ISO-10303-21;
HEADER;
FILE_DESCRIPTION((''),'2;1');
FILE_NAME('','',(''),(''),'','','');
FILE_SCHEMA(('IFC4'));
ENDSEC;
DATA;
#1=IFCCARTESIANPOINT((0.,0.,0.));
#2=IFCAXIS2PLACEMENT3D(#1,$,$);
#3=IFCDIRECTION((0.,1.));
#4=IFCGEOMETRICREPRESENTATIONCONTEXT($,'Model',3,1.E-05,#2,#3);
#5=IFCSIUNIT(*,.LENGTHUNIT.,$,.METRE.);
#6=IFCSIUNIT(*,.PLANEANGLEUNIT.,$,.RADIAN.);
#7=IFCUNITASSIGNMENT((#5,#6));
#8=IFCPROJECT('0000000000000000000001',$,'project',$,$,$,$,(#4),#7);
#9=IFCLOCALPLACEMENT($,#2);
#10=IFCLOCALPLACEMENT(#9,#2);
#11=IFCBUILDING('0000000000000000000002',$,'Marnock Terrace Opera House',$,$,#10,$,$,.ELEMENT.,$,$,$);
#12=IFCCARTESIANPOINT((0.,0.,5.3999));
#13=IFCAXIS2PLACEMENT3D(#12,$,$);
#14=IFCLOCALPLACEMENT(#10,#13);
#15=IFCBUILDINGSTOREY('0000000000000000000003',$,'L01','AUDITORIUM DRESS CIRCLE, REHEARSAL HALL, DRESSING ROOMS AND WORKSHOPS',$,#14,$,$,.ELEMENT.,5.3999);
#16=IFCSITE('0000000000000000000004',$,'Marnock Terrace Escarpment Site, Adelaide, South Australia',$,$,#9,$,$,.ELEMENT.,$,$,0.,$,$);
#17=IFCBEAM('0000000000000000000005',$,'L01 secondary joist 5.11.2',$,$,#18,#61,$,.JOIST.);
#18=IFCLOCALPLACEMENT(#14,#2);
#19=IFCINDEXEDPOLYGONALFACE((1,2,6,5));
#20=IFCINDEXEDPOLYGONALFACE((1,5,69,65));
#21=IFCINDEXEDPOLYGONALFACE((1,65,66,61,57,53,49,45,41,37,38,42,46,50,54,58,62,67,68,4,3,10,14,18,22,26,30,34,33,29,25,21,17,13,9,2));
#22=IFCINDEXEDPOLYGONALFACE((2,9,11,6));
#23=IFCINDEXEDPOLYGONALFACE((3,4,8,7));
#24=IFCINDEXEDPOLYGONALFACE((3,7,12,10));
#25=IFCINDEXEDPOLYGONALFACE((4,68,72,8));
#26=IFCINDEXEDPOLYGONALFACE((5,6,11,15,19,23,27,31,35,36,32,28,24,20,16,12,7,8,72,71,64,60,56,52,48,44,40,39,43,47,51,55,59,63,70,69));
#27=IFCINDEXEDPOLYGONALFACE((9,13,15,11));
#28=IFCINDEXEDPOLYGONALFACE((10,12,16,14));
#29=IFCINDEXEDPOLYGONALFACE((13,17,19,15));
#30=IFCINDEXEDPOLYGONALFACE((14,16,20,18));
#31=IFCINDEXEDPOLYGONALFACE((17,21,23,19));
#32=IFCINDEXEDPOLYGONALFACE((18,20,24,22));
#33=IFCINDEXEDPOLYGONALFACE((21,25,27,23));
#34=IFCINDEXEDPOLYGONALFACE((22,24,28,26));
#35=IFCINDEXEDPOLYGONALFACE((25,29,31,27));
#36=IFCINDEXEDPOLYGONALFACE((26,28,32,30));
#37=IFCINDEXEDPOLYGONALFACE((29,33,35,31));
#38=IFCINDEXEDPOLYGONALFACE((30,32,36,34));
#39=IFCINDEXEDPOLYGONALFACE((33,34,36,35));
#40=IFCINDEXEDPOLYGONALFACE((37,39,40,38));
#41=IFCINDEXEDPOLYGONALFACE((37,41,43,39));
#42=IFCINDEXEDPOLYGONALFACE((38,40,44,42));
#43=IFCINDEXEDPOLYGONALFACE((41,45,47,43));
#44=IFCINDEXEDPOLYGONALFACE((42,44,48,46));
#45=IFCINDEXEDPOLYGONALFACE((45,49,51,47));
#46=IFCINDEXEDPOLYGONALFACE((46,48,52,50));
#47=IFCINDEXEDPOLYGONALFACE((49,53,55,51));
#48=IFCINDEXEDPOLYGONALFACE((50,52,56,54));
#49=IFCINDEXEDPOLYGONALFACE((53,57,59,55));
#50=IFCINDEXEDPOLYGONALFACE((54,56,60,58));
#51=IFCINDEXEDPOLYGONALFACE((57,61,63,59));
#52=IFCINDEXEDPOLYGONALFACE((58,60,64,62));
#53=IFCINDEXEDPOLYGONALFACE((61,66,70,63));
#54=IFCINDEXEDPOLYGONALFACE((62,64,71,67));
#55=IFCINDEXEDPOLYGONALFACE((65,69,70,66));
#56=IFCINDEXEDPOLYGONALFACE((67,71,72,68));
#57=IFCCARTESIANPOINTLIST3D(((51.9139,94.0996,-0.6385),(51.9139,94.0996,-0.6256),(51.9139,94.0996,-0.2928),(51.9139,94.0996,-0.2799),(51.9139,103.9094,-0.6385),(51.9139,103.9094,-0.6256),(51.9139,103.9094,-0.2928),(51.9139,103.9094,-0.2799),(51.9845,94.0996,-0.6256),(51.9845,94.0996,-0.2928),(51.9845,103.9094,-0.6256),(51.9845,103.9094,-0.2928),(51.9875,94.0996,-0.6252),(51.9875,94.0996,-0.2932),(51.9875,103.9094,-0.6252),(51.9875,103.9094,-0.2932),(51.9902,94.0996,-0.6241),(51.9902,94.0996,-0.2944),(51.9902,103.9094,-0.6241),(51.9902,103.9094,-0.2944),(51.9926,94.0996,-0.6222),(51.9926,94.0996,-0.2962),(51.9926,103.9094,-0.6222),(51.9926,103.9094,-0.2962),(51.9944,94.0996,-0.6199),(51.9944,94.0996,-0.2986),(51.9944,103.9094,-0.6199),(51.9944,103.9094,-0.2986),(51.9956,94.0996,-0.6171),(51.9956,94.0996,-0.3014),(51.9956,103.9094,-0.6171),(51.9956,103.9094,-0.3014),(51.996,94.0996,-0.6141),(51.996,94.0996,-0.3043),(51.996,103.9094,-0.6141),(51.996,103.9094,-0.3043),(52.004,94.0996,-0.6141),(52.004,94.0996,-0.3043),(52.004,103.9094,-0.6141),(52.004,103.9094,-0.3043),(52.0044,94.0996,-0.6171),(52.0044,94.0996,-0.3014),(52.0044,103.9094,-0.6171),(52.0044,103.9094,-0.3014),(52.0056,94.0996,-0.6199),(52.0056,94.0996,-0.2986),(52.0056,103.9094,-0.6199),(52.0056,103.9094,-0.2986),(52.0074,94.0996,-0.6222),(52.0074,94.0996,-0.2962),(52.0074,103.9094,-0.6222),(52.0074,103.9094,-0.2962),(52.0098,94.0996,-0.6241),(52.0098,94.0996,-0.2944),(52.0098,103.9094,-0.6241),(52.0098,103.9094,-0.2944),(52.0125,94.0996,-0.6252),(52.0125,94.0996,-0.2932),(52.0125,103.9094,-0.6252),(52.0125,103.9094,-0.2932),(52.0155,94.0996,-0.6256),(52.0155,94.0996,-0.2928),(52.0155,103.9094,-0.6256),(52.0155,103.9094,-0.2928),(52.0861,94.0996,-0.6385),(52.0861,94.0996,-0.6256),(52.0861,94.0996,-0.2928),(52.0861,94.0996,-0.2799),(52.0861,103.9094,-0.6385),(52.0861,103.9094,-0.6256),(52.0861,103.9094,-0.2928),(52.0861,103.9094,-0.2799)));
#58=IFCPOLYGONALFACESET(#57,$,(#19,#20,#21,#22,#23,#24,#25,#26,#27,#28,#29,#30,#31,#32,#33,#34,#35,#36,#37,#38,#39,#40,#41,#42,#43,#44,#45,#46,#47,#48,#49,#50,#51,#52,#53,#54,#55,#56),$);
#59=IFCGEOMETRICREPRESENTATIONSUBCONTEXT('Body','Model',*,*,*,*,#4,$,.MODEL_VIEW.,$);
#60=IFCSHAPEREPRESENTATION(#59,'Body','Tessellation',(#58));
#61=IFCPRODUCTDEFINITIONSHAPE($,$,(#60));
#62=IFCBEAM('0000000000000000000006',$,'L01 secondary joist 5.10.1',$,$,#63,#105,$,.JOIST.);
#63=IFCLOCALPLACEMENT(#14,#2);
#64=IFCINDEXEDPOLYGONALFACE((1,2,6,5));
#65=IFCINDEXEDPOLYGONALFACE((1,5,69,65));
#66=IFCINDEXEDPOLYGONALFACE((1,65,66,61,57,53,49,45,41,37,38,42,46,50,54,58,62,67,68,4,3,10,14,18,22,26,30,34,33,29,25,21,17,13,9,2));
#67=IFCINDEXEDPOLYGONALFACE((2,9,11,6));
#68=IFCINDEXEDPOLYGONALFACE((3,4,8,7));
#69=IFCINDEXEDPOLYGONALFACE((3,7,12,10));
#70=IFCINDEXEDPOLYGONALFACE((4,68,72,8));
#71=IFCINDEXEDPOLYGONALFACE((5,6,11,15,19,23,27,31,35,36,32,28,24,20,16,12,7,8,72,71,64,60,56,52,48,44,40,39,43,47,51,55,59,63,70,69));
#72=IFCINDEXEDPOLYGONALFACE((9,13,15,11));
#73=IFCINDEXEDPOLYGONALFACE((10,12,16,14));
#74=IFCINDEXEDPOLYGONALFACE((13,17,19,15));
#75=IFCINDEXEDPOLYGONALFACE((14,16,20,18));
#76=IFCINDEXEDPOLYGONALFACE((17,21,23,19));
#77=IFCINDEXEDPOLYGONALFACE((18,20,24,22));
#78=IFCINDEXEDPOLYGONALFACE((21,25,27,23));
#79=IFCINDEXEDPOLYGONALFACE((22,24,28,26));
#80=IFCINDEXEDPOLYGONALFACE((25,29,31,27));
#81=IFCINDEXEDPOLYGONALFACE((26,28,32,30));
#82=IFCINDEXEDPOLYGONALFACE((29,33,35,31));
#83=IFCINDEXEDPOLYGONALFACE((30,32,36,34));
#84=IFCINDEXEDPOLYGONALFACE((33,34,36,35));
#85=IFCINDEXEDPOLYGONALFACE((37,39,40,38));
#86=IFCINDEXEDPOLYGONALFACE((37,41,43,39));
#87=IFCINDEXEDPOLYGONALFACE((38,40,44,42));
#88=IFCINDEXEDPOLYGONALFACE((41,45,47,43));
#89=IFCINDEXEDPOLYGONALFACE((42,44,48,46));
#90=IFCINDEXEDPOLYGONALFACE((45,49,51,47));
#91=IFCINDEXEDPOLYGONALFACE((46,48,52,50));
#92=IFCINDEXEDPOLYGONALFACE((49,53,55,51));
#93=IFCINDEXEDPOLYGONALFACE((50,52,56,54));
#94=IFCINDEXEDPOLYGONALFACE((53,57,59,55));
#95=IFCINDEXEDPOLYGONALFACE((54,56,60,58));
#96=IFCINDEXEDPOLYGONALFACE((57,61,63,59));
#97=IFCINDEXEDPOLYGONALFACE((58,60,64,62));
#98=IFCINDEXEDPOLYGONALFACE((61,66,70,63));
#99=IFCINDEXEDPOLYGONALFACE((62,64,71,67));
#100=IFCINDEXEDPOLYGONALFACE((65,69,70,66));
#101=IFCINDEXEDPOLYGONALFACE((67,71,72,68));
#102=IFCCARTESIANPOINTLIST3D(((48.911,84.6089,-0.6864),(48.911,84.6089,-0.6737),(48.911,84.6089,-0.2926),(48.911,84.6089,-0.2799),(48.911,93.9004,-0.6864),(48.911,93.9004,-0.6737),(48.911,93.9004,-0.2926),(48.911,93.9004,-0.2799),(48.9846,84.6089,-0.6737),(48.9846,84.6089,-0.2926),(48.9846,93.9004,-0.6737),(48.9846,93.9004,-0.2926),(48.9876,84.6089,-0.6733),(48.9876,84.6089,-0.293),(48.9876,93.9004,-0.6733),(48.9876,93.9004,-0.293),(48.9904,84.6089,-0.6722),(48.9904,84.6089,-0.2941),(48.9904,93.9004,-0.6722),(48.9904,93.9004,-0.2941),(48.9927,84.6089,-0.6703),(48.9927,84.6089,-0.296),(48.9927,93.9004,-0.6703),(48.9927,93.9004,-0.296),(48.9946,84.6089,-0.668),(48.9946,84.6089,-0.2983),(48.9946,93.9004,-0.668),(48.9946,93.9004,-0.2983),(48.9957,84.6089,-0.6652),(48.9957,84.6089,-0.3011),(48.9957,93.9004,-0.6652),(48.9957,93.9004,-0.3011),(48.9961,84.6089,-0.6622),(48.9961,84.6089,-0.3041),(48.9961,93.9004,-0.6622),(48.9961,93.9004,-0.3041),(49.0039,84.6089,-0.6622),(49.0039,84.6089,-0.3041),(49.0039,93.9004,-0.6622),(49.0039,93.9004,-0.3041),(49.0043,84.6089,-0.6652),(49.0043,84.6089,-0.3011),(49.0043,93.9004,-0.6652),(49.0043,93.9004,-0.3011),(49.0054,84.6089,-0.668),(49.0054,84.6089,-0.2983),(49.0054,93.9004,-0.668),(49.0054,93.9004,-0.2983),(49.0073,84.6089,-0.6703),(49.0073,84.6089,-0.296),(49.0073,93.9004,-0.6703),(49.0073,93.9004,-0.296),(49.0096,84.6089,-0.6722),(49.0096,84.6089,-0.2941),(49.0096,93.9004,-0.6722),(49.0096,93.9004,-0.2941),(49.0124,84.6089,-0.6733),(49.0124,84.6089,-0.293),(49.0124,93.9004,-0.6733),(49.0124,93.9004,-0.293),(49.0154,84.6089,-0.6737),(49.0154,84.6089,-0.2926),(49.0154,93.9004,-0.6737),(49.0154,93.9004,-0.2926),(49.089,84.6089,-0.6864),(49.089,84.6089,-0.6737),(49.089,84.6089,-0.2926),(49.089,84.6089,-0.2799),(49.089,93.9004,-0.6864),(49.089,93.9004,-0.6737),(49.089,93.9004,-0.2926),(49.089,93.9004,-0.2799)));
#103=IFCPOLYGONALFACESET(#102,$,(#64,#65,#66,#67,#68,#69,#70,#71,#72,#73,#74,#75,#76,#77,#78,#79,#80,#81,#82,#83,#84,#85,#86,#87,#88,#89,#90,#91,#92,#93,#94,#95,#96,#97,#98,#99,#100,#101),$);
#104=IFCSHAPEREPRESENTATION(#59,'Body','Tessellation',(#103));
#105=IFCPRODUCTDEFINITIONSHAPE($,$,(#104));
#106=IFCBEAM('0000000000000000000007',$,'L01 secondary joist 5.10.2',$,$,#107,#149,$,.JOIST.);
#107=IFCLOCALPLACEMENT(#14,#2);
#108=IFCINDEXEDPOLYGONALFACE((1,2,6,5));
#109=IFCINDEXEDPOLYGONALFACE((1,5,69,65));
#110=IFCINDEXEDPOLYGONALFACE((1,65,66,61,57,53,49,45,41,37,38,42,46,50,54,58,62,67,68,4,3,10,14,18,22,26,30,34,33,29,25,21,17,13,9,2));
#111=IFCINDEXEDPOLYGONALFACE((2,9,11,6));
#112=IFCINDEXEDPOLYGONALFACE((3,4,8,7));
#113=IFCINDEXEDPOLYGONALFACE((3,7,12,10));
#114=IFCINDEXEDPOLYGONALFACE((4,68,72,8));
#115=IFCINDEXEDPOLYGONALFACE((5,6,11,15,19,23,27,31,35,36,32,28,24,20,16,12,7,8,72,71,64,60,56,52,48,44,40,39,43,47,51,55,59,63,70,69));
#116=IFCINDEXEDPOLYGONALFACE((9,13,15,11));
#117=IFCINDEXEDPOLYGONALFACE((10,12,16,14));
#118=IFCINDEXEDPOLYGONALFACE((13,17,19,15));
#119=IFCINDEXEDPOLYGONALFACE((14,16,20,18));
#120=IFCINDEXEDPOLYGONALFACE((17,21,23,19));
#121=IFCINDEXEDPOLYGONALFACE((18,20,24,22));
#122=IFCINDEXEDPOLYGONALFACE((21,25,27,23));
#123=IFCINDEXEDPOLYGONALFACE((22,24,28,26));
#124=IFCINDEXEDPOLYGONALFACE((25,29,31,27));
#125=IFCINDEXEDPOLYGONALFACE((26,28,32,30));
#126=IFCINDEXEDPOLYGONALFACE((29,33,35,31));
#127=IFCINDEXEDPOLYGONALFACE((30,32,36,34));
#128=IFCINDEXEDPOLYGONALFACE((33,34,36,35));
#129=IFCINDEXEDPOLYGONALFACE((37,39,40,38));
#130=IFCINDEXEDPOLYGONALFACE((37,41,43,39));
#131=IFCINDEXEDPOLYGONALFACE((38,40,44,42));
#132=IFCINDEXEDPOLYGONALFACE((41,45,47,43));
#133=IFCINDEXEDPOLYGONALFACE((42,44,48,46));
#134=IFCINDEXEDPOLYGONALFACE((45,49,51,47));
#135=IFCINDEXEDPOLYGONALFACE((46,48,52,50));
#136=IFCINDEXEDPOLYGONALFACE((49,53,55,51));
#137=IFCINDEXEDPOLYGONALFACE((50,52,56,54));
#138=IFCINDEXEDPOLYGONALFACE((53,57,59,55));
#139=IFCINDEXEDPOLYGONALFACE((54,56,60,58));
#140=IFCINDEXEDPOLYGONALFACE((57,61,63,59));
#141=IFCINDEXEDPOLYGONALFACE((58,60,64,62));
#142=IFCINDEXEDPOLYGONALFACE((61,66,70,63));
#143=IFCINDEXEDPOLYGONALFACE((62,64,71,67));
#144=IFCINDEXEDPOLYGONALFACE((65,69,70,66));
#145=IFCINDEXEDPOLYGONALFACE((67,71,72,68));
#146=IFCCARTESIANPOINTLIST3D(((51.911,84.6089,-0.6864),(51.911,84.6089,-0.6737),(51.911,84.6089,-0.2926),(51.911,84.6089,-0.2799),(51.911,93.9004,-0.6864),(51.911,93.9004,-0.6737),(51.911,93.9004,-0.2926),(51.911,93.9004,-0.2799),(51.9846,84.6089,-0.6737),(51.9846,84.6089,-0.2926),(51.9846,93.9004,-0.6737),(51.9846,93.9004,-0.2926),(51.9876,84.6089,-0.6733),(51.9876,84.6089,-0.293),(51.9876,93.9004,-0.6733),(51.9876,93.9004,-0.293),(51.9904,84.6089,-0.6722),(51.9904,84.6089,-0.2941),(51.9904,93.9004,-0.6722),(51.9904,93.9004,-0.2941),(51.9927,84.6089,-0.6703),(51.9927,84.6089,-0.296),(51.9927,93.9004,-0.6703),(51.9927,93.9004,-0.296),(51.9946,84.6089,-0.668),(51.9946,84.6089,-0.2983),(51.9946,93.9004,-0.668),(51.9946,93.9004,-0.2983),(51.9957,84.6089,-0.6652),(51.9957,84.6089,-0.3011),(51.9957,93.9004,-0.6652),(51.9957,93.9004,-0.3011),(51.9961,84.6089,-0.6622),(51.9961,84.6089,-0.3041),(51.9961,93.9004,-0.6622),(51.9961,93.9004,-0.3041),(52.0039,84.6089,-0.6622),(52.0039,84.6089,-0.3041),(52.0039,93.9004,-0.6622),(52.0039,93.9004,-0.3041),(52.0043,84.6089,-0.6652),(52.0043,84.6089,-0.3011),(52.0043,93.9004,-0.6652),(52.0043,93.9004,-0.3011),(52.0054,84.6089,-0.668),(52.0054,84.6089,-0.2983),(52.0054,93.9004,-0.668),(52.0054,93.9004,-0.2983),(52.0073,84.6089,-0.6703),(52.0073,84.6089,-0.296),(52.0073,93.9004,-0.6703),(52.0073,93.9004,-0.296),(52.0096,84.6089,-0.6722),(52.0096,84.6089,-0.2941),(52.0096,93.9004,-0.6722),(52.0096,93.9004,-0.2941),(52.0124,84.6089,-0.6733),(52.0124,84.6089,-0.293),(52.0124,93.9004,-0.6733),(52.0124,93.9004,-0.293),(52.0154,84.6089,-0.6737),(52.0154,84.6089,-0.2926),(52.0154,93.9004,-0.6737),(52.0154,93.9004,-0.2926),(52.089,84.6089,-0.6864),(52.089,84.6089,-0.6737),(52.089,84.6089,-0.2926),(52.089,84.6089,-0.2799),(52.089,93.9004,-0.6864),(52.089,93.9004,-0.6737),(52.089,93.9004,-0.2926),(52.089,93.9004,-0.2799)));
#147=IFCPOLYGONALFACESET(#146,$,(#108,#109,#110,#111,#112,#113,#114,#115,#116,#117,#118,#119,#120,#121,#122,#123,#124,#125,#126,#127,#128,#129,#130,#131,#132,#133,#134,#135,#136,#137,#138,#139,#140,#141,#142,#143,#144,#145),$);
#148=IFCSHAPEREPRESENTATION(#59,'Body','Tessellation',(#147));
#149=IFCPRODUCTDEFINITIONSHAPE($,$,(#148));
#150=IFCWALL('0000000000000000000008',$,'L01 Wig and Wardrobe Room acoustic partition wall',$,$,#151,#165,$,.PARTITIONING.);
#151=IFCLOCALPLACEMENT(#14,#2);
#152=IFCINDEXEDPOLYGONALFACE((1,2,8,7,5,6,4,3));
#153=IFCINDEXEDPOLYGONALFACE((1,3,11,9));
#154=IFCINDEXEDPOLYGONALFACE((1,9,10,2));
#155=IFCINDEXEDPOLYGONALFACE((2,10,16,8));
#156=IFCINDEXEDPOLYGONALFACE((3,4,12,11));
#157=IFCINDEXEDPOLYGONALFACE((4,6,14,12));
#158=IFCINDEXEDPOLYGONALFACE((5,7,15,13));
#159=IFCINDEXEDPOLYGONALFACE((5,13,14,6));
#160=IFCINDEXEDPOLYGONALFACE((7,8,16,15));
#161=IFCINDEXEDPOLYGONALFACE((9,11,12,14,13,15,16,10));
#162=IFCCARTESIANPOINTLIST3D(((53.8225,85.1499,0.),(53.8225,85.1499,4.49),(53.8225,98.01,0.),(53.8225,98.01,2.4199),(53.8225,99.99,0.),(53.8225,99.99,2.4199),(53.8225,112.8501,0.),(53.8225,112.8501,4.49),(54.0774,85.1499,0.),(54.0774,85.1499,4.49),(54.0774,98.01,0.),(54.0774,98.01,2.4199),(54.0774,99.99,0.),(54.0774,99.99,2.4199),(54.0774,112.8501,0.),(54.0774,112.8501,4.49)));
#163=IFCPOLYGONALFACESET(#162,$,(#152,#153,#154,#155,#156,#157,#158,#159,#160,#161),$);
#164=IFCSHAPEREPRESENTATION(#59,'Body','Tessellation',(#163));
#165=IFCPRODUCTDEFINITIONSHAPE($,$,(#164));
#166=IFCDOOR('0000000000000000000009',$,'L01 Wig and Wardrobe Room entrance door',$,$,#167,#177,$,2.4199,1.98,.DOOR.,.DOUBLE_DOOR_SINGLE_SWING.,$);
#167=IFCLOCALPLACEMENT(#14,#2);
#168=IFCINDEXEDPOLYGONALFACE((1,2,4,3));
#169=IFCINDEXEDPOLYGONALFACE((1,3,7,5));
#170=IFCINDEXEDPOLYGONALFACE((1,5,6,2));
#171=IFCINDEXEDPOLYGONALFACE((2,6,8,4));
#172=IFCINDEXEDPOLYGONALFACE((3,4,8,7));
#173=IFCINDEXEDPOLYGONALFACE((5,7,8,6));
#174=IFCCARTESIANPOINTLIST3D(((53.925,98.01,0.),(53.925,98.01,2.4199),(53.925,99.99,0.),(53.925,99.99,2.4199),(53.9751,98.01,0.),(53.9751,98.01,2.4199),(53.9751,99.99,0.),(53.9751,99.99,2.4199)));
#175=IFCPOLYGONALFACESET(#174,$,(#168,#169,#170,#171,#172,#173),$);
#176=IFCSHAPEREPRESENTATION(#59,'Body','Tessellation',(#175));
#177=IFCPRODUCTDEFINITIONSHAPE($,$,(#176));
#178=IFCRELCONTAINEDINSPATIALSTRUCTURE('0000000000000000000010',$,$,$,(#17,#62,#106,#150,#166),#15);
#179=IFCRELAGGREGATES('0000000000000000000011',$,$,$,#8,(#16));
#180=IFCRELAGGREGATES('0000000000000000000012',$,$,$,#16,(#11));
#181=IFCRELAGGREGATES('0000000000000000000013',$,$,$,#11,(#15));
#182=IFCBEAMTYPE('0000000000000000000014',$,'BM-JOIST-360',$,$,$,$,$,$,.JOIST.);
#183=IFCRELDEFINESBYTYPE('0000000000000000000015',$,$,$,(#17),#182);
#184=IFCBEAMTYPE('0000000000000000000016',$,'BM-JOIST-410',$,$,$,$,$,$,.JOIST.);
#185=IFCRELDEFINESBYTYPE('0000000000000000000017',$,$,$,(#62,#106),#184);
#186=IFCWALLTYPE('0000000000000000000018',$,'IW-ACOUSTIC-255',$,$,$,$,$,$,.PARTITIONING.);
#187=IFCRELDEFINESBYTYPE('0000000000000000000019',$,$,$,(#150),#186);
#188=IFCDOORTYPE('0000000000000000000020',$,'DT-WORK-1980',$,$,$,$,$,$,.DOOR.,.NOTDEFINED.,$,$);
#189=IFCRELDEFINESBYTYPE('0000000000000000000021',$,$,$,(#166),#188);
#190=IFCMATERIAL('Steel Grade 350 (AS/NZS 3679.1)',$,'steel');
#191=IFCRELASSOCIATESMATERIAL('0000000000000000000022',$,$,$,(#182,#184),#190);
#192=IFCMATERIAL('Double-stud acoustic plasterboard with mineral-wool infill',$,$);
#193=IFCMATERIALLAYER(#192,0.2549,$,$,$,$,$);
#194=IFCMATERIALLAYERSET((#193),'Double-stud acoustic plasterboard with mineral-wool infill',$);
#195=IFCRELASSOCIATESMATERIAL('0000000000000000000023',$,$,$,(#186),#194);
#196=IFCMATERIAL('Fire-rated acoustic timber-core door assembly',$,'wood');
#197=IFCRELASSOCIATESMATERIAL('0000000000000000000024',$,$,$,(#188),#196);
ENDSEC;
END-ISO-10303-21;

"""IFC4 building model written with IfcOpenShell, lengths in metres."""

from ifc_helpers import new_model, si_unit, direction, frame, frame_2d, origin, origin_2d, place, context, subcontext, project, spatial, rectangle, i_section, extrude, material, layer, layer_set, material_profile, profile_set, type_object, element, fill, save


model = new_model("IFC4")

# Units and contexts
model_context = context("Model", 3, precision=1e-05, world=origin(), true_north=direction((0.0, 1.0)))
body_context = subcontext(model_context, "Body", "Model", "MODEL_VIEW")
ifc_project = project(units=[si_unit("LENGTHUNIT", "METRE"), si_unit("PLANEANGLEUNIT", "RADIAN")], contexts=[model_context])

# Site, building, storey
site_placement = place(None, origin())
site = spatial("IfcSite", under=ifc_project, at=site_placement, Name="Marnock Terrace Escarpment Site, Adelaide, South Australia", CompositionType="ELEMENT", RefElevation=0.0)
building_placement = place(site_placement, origin())
building = spatial("IfcBuilding", under=site, at=building_placement, Name="Marnock Terrace Opera House", CompositionType="ELEMENT")
storey_placement = place(building_placement, frame((0.0, 0.0, 5.3999)))
storey = spatial("IfcBuildingStorey", under=building, at=storey_placement, Name="L01", Description="AUDITORIUM DRESS CIRCLE, REHEARSAL HALL, DRESSING ROOMS AND WORKSHOPS", CompositionType="ELEMENT", Elevation=5.3999)

# Shared definitions
ifc_material_1 = material(Name="Steel Grade 350 (AS/NZS 3679.1)", Category="steel")

# Beams
ifc_material_profile_1 = material_profile(ifc_material_1, i_section(OverallWidth=0.1721, OverallDepth=0.3586, WebThickness=0.0081, FlangeThickness=0.0129, FilletRadius=0.0115, at=origin_2d()))
ifc_profile_set_1 = profile_set([ifc_material_profile_1], Name="Steel Grade 350 (AS/NZS 3679.1)")
beam_type_1 = type_object("IfcBeamType", Name="BM-JOIST-360", PredefinedType="JOIST", material=ifc_profile_set_1)
for number, where, z_axis, x_axis, name in (
    (1, (52.0, 94.0996, -0.4592), (0.0, 1.0, 0.0), (-1.0, 0.0, 0.0), "L01 secondary joist 5.11.2"),
):
    element("IfcBeam", number, at=place(storey_placement, frame(where, z_axis=z_axis, x_axis=x_axis)), inside=storey, type_object=beam_type_1, Name=name, PredefinedType="JOIST", context=body_context, shape_type="SweptSolid", body=[
        extrude(i_section(OverallWidth=0.1721, OverallDepth=0.3586, WebThickness=0.0081, FlangeThickness=0.0129, FilletRadius=0.0115, at=origin_2d()), origin(), (0.0, 0.0, 1.0), 9.8098),
    ])
ifc_material_profile_2 = material_profile(ifc_material_1, i_section(OverallWidth=0.178, OverallDepth=0.4065, WebThickness=0.0078, FlangeThickness=0.0127, FilletRadius=0.0115, at=origin_2d()))
ifc_profile_set_2 = profile_set([ifc_material_profile_2], Name="Steel Grade 350 (AS/NZS 3679.1)")
beam_type_2 = type_object("IfcBeamType", Name="BM-JOIST-410", PredefinedType="JOIST", material=ifc_profile_set_2)
for number, where, z_axis, x_axis, name in (
    (2, (49.0, 84.6089, -0.4832), (0.0, 1.0, 0.0), (-1.0, 0.0, 0.0), "L01 secondary joist 5.10.1"),
    (3, (52.0, 84.6089, -0.4832), (0.0, 1.0, 0.0), (-1.0, 0.0, 0.0), "L01 secondary joist 5.10.2"),
):
    element("IfcBeam", number, at=place(storey_placement, frame(where, z_axis=z_axis, x_axis=x_axis)), inside=storey, type_object=beam_type_2, Name=name, PredefinedType="JOIST", context=body_context, shape_type="SweptSolid", body=[
        extrude(i_section(OverallWidth=0.178, OverallDepth=0.4065, WebThickness=0.0078, FlangeThickness=0.0127, FilletRadius=0.0115, at=origin_2d()), origin(), (0.0, 0.0, 1.0), 9.2915),
    ])

# Wall, opening, door
ifc_material_2 = material(Name="Double-stud acoustic plasterboard with mineral-wool infill")
ifc_layer = layer(ifc_material_2, 0.2549)
ifc_layer_set = layer_set([ifc_layer], Name="Double-stud acoustic plasterboard with mineral-wool infill")
wall_type = type_object("IfcWallType", Name="IW-ACOUSTIC-255", PredefinedType="PARTITIONING", material=ifc_layer_set)
wall_placement = place(storey_placement, frame((53.95, 85.1499, 0.0), z_axis=(0.0, 0.0, 1.0), x_axis=(0.0, 1.0, 0.0)))
wall = element("IfcWall", 4, at=wall_placement, inside=storey, type_object=wall_type, Name="L01 Wig and Wardrobe Room acoustic partition wall", PredefinedType="PARTITIONING", context=body_context, shape_type="SweptSolid", body=[
    extrude(rectangle(XDim=27.7002, YDim=0.2549, at=frame_2d((13.8501, 0.0))), origin(), (0.0, 0.0, 1.0), 4.49),
])
opening_placement = place(wall_placement, frame((12.8601, 0.0, 0.0)))
opening = element("IfcOpeningElement", 5, at=opening_placement, cuts=wall, PredefinedType="OPENING", context=body_context, shape_type="SweptSolid", body=[
    extrude(rectangle(XDim=1.98, YDim=2.4199, at=frame_2d((0.99, 1.21))), frame((0.0, 0.1375, 0.0), z_axis=(0.0, -1.0, 0.0), x_axis=(1.0, 0.0, 0.0)), (0.0, 0.0, 1.0), 0.2749),
])
ifc_material_3 = material(Name="Fire-rated acoustic timber-core door assembly", Category="wood")
door_type = type_object("IfcDoorType", Name="DT-WORK-1980", OperationType="NOTDEFINED", PredefinedType="DOOR", material=ifc_material_3)
door_placement = place(opening_placement, origin())
door = element("IfcDoor", 6, at=door_placement, inside=storey, type_object=door_type, Name="L01 Wig and Wardrobe Room entrance door", OperationType="DOUBLE_DOOR_SINGLE_SWING", OverallHeight=2.4199, OverallWidth=1.98, PredefinedType="DOOR", context=body_context, shape_type="SweptSolid", body=[
    extrude(rectangle(XDim=1.98, YDim=2.4199, at=frame_2d((0.99, 1.21))), frame((0.0, 0.0249, 0.0), z_axis=(0.0, -1.0, 0.0), x_axis=(1.0, 0.0, 0.0)), (0.0, 0.0, 1.0), 0.05),
])
fill(opening, door)

save(model, "model.ifc")
